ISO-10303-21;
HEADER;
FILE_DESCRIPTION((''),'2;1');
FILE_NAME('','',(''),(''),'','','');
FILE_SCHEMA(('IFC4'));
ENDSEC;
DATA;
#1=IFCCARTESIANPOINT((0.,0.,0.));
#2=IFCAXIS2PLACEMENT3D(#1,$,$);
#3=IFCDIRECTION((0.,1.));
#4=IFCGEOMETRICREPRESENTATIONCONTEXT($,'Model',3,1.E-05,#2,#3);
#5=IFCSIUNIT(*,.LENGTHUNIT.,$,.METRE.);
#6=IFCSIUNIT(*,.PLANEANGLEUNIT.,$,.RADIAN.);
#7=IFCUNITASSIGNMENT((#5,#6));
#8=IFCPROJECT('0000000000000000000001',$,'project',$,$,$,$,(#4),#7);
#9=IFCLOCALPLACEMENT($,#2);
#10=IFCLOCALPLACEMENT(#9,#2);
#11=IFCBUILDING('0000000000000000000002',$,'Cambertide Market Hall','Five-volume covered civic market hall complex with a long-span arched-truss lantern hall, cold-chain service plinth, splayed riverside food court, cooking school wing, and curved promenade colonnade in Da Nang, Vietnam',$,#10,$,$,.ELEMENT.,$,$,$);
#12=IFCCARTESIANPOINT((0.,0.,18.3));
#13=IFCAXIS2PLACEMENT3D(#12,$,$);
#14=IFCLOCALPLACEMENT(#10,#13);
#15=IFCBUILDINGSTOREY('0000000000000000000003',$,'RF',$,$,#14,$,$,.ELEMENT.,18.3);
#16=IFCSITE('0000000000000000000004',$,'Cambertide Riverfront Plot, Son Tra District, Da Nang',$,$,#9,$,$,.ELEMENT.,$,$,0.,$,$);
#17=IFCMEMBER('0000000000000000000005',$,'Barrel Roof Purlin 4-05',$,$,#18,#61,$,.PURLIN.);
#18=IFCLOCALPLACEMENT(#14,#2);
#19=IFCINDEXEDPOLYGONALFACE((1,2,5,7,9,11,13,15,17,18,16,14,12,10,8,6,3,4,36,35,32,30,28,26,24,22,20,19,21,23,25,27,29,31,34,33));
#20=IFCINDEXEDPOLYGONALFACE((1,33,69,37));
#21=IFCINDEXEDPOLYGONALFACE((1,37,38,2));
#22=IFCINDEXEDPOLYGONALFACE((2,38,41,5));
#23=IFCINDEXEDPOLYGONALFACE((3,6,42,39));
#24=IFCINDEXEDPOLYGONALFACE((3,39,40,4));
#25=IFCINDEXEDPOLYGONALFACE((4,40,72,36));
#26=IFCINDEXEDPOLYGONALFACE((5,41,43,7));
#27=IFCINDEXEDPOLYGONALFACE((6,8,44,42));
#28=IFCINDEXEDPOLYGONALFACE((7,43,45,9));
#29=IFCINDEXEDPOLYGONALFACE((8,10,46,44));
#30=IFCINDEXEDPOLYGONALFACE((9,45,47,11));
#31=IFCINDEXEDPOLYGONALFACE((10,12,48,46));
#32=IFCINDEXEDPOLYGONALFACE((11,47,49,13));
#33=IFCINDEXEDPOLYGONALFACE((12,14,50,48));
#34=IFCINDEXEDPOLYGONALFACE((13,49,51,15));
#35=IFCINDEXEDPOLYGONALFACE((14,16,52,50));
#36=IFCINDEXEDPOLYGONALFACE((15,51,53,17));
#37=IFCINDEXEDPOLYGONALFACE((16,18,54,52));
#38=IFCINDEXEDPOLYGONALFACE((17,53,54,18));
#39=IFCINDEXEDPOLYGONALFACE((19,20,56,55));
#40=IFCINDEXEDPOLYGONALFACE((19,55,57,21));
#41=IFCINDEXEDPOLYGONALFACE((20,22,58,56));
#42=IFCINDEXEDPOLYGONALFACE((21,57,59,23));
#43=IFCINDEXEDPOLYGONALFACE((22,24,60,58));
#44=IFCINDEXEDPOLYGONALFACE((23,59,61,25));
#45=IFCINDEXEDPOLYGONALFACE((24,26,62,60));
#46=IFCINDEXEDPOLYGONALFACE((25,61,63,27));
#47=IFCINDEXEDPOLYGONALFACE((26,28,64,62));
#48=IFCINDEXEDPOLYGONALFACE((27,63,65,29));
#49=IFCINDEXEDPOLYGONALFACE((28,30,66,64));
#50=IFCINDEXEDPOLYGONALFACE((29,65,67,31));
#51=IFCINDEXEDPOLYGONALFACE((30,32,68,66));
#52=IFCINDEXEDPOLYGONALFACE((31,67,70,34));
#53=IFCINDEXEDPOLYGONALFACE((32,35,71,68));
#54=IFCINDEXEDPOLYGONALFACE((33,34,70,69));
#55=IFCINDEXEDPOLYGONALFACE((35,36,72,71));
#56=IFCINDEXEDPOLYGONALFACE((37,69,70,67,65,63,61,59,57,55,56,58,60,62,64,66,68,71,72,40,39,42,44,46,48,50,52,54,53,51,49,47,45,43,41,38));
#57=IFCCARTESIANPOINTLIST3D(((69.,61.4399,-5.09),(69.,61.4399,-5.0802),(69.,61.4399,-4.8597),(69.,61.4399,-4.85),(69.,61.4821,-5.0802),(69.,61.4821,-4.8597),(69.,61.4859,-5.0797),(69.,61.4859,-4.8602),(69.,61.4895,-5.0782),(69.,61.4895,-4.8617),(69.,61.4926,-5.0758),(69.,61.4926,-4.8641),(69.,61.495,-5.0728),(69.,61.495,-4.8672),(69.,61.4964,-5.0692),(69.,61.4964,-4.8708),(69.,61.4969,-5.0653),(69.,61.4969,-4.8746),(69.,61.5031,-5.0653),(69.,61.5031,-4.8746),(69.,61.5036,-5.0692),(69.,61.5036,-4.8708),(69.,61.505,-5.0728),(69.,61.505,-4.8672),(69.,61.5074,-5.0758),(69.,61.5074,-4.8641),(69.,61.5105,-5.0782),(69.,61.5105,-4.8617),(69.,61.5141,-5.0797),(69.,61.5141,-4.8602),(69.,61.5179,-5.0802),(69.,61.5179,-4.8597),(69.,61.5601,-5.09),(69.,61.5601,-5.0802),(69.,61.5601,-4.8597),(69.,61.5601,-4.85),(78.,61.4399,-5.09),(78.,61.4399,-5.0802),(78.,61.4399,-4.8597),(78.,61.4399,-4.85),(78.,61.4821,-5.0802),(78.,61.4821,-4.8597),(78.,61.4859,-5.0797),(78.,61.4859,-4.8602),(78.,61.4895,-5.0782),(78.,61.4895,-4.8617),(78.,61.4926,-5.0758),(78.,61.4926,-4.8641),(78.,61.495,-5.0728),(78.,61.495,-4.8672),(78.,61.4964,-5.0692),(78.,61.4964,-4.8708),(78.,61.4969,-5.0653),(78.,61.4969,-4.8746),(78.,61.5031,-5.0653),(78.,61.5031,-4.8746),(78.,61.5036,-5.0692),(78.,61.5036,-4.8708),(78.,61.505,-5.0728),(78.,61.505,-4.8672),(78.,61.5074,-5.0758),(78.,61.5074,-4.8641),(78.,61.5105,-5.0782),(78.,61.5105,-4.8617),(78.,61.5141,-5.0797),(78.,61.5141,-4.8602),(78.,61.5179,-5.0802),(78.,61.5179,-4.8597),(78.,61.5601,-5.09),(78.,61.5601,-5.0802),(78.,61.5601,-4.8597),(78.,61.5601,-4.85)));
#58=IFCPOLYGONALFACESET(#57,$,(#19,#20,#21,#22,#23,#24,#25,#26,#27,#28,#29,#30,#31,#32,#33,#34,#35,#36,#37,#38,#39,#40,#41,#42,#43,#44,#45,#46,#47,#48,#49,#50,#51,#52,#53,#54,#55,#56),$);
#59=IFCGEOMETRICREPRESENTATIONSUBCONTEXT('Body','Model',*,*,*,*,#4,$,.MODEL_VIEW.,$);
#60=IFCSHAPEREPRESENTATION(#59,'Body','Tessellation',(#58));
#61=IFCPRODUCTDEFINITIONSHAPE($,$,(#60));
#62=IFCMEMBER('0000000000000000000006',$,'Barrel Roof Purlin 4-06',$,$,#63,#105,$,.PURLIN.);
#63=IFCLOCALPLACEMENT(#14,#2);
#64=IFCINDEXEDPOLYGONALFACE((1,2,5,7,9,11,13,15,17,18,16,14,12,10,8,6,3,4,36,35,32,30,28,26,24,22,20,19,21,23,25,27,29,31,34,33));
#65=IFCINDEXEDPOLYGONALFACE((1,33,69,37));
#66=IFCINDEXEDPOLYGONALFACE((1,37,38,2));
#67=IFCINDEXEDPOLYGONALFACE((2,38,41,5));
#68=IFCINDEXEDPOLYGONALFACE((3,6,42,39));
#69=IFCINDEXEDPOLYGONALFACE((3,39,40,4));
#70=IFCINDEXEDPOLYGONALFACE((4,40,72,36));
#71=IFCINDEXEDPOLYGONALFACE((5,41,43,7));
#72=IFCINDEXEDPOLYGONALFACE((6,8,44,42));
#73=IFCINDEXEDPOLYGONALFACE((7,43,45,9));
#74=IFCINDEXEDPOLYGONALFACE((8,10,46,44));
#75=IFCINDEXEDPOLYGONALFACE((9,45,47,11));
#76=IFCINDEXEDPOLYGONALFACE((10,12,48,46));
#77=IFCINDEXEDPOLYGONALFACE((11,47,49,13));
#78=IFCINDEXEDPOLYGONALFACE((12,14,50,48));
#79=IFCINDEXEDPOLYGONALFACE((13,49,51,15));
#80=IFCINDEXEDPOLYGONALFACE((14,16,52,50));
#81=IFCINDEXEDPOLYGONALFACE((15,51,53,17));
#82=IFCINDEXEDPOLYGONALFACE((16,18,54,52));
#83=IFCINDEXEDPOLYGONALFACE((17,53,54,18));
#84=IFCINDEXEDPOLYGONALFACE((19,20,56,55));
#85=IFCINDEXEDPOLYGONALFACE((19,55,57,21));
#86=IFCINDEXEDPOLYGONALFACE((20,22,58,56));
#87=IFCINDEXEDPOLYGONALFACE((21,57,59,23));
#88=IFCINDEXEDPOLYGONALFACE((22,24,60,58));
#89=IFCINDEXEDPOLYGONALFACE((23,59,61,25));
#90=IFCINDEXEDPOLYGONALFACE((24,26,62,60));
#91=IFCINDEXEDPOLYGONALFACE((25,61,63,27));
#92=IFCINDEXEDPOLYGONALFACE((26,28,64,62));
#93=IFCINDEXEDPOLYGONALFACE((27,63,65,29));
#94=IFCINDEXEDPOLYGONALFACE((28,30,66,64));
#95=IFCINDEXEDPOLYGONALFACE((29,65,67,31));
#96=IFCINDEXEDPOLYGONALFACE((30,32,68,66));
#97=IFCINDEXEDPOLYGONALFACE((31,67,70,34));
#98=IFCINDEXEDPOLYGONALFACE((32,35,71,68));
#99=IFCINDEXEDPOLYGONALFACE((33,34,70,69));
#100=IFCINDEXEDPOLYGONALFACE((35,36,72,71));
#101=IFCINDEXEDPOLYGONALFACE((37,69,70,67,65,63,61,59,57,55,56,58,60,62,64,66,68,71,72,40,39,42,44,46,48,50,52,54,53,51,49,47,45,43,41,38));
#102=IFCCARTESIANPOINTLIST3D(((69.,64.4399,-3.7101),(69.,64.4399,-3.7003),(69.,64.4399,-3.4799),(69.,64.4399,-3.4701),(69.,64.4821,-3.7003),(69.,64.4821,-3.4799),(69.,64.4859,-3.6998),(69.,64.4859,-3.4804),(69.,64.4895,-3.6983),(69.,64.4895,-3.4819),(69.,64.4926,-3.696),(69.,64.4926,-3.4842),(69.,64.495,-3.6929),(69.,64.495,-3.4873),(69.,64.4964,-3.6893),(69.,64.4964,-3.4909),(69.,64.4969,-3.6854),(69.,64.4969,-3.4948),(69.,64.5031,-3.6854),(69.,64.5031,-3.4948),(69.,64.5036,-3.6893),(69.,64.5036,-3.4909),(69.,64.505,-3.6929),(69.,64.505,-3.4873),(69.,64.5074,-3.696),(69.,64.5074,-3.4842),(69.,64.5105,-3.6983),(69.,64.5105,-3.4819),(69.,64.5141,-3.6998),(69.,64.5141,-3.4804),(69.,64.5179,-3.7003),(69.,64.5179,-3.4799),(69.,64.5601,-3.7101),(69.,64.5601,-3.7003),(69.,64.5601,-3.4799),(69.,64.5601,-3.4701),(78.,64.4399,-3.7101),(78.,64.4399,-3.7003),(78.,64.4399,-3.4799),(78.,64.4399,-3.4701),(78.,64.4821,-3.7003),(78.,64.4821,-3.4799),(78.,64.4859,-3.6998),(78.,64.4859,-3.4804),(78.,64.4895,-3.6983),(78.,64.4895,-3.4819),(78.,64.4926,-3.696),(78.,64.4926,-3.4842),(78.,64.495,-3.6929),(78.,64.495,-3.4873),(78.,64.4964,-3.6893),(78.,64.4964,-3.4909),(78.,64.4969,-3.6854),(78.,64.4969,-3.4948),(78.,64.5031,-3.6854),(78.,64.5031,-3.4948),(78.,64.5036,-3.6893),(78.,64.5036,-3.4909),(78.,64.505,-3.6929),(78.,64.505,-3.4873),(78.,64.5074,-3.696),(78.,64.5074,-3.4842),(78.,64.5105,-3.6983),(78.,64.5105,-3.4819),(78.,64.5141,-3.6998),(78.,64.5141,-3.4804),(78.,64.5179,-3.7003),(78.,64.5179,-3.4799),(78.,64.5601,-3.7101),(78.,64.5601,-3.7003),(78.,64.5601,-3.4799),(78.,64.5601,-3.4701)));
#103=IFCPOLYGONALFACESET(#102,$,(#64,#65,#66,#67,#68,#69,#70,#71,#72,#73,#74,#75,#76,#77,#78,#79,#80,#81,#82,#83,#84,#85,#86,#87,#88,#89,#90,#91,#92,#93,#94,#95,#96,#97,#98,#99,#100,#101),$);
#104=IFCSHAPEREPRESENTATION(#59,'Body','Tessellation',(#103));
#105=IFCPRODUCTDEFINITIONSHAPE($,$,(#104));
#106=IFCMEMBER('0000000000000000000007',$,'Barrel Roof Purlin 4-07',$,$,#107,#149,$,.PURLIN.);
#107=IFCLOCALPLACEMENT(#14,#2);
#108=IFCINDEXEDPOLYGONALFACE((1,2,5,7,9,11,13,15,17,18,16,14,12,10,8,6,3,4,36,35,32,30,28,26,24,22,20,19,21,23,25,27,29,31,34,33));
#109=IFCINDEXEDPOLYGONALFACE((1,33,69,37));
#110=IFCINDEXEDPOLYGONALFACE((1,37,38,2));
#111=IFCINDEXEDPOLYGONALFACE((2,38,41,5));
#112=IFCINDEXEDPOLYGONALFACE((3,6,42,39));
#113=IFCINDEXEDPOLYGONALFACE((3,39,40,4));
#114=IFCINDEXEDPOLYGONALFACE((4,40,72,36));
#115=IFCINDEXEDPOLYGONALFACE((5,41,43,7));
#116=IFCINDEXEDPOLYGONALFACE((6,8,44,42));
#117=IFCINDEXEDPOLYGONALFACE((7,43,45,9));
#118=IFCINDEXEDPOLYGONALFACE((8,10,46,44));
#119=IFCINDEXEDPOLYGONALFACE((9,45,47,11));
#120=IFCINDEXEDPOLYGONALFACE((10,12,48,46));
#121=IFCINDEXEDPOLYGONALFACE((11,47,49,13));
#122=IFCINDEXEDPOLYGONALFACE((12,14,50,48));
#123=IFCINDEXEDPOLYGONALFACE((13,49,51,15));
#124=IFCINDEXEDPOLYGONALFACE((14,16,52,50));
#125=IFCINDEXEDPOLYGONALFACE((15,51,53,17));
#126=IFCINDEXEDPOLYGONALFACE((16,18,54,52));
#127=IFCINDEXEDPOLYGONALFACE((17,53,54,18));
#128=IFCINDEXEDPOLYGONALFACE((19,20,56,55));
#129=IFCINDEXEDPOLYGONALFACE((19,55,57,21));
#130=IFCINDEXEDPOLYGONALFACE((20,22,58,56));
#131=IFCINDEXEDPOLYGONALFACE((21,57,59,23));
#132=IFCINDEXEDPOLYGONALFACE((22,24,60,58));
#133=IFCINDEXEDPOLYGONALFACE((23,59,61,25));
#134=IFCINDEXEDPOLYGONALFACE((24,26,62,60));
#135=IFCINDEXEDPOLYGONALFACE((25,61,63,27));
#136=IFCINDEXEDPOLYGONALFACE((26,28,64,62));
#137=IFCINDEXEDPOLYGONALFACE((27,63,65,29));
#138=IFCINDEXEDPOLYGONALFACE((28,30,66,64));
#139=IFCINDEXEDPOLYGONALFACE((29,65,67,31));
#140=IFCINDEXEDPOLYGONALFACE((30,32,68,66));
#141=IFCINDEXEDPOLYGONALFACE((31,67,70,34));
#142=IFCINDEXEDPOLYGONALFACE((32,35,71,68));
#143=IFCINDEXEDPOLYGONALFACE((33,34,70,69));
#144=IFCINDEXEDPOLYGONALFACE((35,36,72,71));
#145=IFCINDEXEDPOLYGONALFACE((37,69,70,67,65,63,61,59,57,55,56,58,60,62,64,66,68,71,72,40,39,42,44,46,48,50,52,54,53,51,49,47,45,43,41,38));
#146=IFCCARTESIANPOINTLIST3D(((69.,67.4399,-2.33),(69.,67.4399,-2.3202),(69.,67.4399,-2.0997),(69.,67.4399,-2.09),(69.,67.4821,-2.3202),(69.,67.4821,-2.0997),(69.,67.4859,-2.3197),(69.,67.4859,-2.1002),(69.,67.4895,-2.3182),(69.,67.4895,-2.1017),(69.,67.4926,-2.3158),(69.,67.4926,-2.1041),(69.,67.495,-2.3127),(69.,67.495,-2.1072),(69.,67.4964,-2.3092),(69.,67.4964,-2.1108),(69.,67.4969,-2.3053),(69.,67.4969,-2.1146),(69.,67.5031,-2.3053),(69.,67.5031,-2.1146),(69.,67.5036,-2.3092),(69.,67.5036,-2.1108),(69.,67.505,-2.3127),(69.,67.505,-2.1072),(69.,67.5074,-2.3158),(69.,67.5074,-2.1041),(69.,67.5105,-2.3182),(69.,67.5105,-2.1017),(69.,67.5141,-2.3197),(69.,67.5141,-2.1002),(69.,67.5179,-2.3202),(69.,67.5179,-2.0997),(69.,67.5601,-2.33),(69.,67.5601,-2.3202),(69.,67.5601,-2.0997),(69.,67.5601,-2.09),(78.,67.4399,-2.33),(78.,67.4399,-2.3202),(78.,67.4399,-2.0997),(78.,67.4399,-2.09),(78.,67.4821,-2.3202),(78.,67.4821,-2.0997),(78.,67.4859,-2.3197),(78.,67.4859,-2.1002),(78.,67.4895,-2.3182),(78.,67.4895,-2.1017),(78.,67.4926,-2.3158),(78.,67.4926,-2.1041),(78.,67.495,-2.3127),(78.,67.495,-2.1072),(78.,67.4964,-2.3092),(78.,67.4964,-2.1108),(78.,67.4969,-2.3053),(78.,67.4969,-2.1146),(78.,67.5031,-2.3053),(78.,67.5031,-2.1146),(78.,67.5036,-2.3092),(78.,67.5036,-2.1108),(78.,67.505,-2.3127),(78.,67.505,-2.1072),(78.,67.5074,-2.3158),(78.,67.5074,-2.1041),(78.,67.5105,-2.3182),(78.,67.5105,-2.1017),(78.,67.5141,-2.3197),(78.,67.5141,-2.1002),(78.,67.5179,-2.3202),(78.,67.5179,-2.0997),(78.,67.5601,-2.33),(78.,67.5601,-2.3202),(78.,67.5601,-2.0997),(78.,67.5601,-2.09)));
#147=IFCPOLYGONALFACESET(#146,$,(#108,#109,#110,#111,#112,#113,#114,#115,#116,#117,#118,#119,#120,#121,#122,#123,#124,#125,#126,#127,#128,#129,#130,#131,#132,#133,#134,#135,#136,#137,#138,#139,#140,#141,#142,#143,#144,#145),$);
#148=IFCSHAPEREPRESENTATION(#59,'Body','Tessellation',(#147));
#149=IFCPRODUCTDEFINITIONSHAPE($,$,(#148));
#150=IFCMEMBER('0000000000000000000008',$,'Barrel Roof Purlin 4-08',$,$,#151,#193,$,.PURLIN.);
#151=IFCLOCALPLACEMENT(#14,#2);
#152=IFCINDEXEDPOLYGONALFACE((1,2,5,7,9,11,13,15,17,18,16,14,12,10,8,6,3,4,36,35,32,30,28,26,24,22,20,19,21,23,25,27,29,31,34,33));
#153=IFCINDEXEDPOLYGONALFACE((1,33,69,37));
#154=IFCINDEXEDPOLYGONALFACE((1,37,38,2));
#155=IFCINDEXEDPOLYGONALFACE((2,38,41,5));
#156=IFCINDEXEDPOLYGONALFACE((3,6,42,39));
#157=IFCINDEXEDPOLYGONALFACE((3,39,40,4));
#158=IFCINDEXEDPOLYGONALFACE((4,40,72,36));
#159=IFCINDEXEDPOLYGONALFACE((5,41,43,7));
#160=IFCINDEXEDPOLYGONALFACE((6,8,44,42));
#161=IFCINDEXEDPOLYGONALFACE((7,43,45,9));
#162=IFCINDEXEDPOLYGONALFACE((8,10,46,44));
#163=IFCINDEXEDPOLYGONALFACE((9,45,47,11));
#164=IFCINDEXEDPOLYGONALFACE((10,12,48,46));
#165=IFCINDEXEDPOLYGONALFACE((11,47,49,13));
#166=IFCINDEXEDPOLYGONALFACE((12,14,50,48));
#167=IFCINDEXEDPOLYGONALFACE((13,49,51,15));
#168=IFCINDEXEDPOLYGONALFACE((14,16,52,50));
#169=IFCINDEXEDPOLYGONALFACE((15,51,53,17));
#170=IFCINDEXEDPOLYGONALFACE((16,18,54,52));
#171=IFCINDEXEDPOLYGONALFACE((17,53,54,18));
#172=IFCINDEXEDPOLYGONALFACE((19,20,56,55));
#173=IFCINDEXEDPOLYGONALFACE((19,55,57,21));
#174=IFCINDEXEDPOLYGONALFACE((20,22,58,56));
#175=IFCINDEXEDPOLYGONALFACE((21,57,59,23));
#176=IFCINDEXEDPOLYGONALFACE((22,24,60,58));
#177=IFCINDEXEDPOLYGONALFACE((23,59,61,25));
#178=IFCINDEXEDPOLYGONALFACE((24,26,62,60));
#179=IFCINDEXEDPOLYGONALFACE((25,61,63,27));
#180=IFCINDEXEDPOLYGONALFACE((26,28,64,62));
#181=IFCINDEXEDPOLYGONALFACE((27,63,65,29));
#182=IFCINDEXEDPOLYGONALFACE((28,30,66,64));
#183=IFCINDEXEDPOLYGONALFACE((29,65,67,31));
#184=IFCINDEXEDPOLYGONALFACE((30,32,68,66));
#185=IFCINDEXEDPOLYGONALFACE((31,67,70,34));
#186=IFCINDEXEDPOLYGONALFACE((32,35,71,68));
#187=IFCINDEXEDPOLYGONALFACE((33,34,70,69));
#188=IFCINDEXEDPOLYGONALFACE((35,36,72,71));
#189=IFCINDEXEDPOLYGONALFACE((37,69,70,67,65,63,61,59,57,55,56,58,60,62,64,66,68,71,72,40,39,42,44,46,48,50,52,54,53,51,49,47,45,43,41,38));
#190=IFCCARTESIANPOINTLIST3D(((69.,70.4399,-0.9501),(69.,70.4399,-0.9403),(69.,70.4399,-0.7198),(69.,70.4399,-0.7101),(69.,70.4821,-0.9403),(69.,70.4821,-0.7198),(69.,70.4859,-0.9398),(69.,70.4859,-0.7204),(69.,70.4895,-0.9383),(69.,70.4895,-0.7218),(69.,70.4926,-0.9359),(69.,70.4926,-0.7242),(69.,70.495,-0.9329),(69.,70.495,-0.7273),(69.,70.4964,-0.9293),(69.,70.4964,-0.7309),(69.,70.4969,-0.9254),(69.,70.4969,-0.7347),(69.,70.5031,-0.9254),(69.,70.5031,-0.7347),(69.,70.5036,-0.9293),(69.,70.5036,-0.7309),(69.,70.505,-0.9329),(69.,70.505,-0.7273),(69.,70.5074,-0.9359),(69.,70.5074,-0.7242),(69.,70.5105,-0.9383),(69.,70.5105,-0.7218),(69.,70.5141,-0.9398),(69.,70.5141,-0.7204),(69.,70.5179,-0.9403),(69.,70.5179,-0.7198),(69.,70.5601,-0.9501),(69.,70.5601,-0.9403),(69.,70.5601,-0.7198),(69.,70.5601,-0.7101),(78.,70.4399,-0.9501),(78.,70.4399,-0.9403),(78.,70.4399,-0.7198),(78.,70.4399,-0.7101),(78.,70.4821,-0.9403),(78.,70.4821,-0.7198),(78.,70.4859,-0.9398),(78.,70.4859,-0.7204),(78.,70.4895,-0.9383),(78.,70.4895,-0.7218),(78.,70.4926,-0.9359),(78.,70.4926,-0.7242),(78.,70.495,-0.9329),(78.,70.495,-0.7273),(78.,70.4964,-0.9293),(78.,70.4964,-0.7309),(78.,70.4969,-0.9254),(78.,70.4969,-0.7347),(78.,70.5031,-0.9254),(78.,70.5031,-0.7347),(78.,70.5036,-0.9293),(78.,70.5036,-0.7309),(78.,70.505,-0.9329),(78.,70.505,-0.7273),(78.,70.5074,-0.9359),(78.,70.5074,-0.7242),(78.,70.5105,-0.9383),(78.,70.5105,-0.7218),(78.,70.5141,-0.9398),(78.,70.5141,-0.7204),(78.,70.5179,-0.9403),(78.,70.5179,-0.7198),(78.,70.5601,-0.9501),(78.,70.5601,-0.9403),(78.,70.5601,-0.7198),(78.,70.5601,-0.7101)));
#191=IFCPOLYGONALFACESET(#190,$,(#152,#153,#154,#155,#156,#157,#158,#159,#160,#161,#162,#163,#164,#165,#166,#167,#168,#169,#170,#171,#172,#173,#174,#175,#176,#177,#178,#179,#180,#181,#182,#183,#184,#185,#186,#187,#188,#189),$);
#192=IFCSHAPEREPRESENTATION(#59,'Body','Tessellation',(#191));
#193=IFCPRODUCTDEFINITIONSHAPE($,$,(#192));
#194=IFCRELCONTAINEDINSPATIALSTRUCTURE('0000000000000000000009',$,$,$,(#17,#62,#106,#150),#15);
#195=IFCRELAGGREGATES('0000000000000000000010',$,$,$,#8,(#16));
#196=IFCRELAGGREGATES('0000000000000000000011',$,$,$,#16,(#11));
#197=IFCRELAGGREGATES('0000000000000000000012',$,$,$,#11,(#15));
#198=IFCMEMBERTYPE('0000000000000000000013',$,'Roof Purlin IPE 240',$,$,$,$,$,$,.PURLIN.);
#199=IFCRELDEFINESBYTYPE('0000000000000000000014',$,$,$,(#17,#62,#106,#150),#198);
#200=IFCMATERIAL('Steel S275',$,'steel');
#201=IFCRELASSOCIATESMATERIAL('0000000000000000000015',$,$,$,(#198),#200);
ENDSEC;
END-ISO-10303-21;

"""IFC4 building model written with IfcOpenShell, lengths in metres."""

from ifc_helpers import new_model, si_unit, direction, frame, origin, origin_2d, place, context, subcontext, project, spatial, i_section, extrude, material, material_profile, profile_set, type_object, element, save


model = new_model("IFC4")

# Units and contexts
model_context = context("Model", 3, precision=1e-05, world=origin(), true_north=direction((0.0, 1.0)))
body_context = subcontext(model_context, "Body", "Model", "MODEL_VIEW")
ifc_project = project(units=[si_unit("LENGTHUNIT", "METRE"), si_unit("PLANEANGLEUNIT", "RADIAN")], contexts=[model_context])

# Site, building, storey
site_placement = place(None, origin())
site = spatial("IfcSite", under=ifc_project, at=site_placement, Name="Cambertide Riverfront Plot, Son Tra District, Da Nang", CompositionType="ELEMENT", RefElevation=0.0)
building_placement = place(site_placement, origin())
building = spatial("IfcBuilding", under=site, at=building_placement, Name="Cambertide Market Hall", Description="Five-volume covered civic market hall complex with a long-span arched-truss lantern hall, cold-chain service plinth, splayed riverside food court, cooking school wing, and curved promenade colonnade in Da Nang, Vietnam", CompositionType="ELEMENT")
storey_placement = place(building_placement, frame((0.0, 0.0, 18.3)))
storey = spatial("IfcBuildingStorey", under=building, at=storey_placement, Name="RF", CompositionType="ELEMENT", Elevation=18.3)

# Members
ifc_material_1 = material(Name="Steel S275", Category="steel")
ifc_material_profile_1 = material_profile(ifc_material_1, i_section(OverallWidth=0.1201, OverallDepth=0.24, WebThickness=0.0061, FlangeThickness=0.0098, FilletRadius=0.0149, at=origin_2d()), Name="IPE 240")
ifc_profile_set_1 = profile_set([ifc_material_profile_1], Name="Steel S275")
member_type_1 = type_object("IfcMemberType", Name="Roof Purlin IPE 240", PredefinedType="PURLIN", material=ifc_profile_set_1)
for number, where, z_axis, x_axis, name in (
    (1, (69.0, 61.5, -4.97), (1.0, 0.0, 0.0), (0.0, 1.0, 0.0), "Barrel Roof Purlin 4-05"),
    (2, (69.0, 64.5, -3.5901), (1.0, 0.0, 0.0), (0.0, 1.0, 0.0), "Barrel Roof Purlin 4-06"),
    (3, (69.0, 67.5, -2.21), (1.0, 0.0, 0.0), (0.0, 1.0, 0.0), "Barrel Roof Purlin 4-07"),
    (4, (69.0, 70.5, -0.8301), (1.0, 0.0, 0.0), (0.0, 1.0, 0.0), "Barrel Roof Purlin 4-08"),
):
    element("IfcMember", number, at=place(storey_placement, frame(where, z_axis=z_axis, x_axis=x_axis)), inside=storey, type_object=member_type_1, Name=name, PredefinedType="PURLIN", context=body_context, shape_type="SweptSolid", body=[
        extrude(i_section(OverallWidth=0.1201, OverallDepth=0.24, WebThickness=0.0061, FlangeThickness=0.0098, FilletRadius=0.0149, at=origin_2d()), origin(), (0.0, 0.0, 1.0), 9.0),
    ])

save(model, "model.ifc")
